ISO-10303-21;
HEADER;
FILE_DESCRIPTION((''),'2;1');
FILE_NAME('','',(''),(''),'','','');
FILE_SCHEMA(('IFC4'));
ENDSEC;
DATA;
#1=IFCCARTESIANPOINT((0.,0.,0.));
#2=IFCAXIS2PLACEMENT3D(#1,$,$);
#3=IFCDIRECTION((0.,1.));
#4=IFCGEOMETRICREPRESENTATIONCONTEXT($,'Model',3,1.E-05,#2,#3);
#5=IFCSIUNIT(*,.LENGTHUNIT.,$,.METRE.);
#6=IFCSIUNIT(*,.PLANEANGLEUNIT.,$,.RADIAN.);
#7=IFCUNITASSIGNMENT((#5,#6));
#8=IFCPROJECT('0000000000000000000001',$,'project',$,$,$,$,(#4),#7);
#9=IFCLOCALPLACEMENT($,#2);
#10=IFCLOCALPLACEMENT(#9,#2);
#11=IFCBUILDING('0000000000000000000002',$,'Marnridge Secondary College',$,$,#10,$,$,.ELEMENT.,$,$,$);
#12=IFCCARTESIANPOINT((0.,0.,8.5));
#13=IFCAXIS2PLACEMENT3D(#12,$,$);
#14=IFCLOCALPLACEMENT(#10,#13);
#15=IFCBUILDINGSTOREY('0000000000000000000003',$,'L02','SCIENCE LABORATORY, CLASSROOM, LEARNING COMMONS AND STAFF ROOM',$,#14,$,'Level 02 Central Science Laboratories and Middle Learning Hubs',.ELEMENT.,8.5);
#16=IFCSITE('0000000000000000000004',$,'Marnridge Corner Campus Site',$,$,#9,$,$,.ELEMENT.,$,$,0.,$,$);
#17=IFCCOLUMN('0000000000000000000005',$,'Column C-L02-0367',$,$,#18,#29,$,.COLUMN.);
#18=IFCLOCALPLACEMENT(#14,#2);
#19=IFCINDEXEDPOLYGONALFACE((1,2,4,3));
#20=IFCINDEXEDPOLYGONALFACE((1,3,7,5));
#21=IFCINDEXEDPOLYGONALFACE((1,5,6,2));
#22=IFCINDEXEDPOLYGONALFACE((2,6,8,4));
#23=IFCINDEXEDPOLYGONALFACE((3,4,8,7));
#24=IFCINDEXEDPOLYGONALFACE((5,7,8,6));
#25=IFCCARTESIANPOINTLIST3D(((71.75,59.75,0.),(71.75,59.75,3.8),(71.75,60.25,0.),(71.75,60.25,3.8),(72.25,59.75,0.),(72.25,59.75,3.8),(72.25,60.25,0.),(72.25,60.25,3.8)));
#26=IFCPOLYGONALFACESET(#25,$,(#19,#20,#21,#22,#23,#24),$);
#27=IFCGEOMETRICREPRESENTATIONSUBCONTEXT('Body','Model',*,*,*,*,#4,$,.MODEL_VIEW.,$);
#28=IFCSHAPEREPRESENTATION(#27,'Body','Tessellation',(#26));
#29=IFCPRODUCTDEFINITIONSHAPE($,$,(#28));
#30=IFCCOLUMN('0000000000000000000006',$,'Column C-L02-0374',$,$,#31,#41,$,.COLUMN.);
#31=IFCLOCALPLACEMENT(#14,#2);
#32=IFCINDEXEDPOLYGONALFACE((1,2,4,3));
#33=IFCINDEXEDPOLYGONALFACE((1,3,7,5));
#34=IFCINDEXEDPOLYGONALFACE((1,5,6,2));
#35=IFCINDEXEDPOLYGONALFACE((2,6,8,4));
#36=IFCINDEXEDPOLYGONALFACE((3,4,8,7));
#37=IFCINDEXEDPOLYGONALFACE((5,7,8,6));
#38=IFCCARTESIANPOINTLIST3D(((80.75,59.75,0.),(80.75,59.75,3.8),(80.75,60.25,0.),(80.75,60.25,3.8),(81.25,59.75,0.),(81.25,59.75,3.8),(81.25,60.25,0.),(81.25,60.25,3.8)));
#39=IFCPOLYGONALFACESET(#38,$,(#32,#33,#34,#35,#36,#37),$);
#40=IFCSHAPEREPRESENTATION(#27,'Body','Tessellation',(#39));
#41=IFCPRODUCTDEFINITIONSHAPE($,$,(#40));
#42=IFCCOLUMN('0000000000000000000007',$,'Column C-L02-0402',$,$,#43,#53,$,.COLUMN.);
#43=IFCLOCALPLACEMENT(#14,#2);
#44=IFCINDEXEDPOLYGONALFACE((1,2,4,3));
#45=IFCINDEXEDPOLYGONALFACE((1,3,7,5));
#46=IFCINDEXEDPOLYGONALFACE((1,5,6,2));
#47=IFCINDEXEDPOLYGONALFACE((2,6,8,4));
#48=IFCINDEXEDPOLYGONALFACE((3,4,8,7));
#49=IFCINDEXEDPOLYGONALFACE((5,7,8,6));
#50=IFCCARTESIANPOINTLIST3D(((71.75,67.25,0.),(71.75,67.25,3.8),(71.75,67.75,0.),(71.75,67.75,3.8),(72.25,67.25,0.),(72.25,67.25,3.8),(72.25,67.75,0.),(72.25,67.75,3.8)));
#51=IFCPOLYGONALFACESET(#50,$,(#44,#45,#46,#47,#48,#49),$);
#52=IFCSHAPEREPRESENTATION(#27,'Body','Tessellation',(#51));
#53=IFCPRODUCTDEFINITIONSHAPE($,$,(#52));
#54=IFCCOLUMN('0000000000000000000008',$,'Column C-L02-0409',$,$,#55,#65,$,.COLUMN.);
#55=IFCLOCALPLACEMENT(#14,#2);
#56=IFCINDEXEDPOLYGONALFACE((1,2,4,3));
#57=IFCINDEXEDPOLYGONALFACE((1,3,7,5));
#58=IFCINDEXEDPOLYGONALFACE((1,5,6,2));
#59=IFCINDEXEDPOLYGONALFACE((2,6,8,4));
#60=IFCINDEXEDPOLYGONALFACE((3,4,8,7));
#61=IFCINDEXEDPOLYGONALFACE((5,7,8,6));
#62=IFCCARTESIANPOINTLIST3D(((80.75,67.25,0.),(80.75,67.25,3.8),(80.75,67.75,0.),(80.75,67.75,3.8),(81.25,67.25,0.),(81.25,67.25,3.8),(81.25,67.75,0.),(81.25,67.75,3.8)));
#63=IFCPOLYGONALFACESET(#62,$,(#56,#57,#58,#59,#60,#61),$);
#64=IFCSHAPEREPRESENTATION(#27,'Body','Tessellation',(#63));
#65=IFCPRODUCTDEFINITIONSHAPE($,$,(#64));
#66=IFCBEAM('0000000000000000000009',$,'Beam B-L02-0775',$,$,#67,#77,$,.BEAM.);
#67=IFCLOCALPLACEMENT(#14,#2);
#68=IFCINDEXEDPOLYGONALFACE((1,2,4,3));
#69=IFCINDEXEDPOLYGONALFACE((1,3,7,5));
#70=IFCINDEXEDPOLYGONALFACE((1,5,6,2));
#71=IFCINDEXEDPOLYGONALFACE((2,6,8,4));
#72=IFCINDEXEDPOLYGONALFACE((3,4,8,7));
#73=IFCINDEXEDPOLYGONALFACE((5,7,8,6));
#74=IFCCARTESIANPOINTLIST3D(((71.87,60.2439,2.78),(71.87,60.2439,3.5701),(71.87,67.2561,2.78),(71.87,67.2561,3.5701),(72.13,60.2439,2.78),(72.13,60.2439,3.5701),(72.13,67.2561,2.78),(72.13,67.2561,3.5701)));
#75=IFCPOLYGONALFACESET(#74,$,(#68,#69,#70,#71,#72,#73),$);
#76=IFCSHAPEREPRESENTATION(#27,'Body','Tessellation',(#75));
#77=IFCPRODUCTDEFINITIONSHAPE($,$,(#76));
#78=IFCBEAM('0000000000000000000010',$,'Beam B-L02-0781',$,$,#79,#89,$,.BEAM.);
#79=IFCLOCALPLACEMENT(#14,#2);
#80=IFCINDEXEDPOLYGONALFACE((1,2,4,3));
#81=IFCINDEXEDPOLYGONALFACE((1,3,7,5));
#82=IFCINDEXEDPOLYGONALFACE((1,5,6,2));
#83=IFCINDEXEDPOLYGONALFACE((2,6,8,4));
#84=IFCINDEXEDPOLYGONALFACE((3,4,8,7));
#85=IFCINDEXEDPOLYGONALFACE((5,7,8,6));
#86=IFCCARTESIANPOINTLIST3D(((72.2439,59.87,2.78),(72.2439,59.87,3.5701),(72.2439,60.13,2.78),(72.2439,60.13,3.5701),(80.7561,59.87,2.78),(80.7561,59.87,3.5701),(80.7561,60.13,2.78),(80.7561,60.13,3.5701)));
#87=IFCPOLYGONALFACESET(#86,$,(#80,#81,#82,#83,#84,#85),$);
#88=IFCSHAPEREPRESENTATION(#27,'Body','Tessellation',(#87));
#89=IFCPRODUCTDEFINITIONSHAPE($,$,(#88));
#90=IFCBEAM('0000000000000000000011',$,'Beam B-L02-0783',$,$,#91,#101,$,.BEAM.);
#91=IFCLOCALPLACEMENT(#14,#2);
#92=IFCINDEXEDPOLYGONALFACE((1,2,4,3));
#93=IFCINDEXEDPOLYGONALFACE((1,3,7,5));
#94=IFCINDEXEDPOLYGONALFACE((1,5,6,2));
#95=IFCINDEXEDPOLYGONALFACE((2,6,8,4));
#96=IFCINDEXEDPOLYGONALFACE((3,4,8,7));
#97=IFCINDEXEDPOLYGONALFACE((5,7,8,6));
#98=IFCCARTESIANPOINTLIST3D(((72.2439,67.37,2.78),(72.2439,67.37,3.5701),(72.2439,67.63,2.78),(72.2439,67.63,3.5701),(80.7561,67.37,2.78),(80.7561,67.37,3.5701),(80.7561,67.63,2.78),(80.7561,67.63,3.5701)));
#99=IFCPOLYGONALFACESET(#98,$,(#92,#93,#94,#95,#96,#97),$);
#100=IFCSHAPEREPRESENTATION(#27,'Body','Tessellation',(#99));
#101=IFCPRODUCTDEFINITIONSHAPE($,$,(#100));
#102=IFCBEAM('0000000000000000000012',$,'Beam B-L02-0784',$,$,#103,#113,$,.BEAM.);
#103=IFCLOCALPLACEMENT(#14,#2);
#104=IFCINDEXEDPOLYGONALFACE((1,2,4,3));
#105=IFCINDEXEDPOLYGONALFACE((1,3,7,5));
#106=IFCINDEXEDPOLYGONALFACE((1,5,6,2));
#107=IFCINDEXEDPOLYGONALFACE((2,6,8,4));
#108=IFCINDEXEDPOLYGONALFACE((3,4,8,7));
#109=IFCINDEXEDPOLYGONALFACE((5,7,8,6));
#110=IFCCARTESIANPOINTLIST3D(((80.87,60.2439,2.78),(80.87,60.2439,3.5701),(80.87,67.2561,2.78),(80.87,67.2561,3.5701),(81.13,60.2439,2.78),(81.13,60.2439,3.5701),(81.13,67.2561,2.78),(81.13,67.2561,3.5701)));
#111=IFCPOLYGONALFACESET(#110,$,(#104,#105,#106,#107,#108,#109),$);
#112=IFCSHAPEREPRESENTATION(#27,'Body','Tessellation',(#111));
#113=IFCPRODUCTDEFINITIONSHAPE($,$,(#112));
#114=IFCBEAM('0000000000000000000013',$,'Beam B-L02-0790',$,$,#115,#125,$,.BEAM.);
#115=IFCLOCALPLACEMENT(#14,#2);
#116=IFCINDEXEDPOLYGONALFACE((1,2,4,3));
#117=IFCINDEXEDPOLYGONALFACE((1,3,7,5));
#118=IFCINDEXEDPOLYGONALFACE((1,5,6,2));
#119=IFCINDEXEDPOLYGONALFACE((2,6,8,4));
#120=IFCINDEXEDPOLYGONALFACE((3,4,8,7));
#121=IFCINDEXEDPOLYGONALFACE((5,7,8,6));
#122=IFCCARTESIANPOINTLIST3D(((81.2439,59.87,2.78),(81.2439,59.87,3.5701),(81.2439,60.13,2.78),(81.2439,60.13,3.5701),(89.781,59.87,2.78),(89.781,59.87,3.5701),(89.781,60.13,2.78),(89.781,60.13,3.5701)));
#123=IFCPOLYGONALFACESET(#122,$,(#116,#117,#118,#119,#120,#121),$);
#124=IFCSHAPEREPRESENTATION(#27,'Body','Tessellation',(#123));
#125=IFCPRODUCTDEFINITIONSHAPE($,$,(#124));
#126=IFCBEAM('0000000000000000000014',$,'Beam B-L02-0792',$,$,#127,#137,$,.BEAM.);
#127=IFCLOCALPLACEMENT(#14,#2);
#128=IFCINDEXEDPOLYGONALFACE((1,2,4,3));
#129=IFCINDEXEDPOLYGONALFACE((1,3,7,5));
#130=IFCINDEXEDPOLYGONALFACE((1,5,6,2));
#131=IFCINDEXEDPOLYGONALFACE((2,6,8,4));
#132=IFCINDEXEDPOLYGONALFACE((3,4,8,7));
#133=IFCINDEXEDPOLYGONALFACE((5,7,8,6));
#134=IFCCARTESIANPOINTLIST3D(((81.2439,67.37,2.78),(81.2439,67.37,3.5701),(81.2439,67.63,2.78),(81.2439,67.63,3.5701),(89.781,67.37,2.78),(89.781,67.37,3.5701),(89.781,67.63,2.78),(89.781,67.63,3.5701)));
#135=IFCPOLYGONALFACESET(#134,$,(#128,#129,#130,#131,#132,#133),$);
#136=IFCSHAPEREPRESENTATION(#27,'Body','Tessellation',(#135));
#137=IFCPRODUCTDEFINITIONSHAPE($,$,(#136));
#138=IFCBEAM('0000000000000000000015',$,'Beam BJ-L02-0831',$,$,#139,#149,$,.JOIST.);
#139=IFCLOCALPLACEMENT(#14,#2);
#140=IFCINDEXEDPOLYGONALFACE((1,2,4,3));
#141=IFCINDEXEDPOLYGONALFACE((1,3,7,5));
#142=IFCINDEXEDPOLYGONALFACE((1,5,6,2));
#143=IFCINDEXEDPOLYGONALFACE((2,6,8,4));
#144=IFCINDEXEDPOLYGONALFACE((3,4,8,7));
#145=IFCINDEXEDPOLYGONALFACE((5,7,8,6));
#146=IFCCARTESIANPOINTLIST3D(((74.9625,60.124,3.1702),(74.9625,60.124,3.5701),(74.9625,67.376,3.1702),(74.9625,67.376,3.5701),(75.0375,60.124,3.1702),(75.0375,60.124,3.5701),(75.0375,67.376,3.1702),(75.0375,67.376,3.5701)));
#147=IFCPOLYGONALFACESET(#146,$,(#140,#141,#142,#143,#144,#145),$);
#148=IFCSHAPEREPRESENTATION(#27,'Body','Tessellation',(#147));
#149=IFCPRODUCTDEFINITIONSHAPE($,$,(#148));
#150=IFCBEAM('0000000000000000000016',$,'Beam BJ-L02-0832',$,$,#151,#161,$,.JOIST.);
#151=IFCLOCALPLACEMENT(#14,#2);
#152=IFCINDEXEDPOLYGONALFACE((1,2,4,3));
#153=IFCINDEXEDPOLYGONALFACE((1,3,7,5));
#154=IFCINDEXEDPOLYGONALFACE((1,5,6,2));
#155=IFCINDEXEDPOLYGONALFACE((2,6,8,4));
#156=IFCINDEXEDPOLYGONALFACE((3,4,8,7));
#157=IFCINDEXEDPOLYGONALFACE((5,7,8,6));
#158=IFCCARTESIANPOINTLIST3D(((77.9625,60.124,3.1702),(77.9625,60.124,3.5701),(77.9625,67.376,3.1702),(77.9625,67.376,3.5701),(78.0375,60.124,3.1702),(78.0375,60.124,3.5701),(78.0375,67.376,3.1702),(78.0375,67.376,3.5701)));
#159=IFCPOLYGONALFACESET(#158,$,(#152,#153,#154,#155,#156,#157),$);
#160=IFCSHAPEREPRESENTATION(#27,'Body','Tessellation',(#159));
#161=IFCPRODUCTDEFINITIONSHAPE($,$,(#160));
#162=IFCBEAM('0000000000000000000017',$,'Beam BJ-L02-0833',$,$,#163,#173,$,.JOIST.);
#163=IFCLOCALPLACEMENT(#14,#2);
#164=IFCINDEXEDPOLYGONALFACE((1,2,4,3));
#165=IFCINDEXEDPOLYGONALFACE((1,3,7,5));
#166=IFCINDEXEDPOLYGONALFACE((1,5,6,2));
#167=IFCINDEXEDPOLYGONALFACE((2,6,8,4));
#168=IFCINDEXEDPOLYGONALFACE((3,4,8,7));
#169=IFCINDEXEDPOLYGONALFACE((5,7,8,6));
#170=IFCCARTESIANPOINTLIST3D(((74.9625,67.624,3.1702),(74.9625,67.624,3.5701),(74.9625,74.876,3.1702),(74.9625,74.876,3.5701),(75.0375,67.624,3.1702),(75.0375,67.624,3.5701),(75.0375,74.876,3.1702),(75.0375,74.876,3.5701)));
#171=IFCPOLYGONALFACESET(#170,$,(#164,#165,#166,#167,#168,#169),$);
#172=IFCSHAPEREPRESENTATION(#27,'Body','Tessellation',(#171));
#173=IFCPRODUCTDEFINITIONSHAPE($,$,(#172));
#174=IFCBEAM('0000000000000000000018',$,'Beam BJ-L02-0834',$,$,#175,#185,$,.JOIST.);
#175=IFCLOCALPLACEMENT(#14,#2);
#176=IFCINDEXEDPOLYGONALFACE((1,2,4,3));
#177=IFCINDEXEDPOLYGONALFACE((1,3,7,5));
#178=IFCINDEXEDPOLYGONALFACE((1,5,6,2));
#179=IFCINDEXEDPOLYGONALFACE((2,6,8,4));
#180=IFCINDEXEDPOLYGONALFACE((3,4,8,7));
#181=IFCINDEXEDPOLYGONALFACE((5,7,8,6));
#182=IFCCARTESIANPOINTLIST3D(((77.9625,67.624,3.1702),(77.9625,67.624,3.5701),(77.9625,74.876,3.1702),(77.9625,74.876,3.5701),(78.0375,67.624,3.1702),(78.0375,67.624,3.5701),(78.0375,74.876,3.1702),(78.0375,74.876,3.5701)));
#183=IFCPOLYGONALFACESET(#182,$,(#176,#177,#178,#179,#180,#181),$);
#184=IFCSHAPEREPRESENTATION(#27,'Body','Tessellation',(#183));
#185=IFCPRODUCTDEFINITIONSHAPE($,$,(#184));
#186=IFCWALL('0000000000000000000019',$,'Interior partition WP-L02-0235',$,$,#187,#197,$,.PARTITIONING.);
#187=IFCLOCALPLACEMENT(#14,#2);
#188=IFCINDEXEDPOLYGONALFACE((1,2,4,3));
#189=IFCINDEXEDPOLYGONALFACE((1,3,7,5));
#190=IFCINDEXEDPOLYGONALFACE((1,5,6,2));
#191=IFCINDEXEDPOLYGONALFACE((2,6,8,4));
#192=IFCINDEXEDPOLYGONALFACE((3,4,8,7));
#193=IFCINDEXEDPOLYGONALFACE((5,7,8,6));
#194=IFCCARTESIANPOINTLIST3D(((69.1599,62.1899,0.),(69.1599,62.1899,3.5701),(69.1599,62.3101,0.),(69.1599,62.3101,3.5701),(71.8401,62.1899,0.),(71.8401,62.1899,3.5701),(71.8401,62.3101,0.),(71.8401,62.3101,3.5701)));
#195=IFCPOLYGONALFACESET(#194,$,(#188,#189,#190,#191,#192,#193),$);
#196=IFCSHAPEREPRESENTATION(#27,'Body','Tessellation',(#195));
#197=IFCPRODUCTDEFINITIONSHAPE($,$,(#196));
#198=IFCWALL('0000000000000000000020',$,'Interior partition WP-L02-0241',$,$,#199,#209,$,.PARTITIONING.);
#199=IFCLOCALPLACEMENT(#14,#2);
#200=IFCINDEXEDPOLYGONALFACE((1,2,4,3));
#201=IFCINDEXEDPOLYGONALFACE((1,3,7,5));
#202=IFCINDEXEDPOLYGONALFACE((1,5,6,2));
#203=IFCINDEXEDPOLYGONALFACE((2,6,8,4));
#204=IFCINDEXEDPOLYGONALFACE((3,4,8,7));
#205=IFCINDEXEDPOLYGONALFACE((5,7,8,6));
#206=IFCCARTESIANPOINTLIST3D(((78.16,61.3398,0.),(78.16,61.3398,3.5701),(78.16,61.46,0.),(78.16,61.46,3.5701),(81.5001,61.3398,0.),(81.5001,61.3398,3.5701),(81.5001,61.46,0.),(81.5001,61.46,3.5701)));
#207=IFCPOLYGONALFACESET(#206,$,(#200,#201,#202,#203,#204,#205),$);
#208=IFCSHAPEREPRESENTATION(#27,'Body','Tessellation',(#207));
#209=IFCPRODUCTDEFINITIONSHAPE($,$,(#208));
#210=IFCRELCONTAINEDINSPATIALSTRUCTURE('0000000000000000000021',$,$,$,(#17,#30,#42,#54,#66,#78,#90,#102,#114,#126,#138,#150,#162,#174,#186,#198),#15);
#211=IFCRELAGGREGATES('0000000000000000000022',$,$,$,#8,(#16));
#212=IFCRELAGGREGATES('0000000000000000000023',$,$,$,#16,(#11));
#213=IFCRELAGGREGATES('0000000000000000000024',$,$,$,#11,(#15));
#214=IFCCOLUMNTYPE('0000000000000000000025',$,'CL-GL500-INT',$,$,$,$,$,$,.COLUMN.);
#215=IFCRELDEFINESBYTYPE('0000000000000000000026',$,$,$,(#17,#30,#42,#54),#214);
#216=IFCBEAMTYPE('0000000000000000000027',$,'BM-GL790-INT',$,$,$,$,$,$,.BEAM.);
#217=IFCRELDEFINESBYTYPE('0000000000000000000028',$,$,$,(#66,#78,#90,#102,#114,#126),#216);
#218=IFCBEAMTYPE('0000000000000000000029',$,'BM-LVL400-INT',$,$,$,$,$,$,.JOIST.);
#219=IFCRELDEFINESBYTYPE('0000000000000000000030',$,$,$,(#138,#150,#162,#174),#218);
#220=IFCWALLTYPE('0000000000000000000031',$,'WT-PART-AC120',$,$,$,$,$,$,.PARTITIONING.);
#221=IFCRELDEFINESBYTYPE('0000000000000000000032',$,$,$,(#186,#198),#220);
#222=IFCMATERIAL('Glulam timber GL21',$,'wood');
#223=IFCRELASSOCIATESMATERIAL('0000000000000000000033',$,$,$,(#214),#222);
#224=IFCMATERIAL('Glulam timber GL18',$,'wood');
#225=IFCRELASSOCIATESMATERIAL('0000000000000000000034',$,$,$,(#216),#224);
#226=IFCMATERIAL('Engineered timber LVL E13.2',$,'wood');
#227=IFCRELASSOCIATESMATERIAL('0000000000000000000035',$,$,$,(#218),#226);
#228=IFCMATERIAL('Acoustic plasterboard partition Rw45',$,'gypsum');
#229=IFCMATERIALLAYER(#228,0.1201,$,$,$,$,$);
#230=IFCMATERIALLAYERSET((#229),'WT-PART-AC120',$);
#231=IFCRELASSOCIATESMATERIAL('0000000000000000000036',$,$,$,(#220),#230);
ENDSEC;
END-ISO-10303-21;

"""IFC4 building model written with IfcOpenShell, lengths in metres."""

from ifc_helpers import new_model, si_unit, direction, frame, frame_2d, origin, origin_2d, place, context, subcontext, project, spatial, rectangle, extrude, material, layer, layer_set, material_profile, profile_set, type_object, element, save


model = new_model("IFC4")

# Units and contexts
model_context = context("Model", 3, precision=1e-05, world=origin(), true_north=direction((0.0, 1.0)))
body_context = subcontext(model_context, "Body", "Model", "MODEL_VIEW")
ifc_project = project(units=[si_unit("LENGTHUNIT", "METRE"), si_unit("PLANEANGLEUNIT", "RADIAN")], contexts=[model_context])

# Site, building, storey
site_placement = place(None, origin())
site = spatial("IfcSite", under=ifc_project, at=site_placement, Name="Marnridge Corner Campus Site", CompositionType="ELEMENT", RefElevation=0.0)
building_placement = place(site_placement, origin())
building = spatial("IfcBuilding", under=site, at=building_placement, Name="Marnridge Secondary College", CompositionType="ELEMENT")
storey_placement = place(building_placement, frame((0.0, 0.0, 8.5)))
storey = spatial("IfcBuildingStorey", under=building, at=storey_placement, Name="L02", Description="SCIENCE LABORATORY, CLASSROOM, LEARNING COMMONS AND STAFF ROOM", LongName="Level 02 Central Science Laboratories and Middle Learning Hubs", CompositionType="ELEMENT", Elevation=8.5)

# Columns
ifc_material_1 = material(Name="Glulam timber GL21", Category="wood")
ifc_material_profile_1 = material_profile(ifc_material_1, rectangle(XDim=0.5, YDim=0.5, at=origin_2d()), Name="GL21 500x500")
ifc_profile_set_1 = profile_set([ifc_material_profile_1], Name="Glulam timber GL21")
column_type = type_object("IfcColumnType", Name="CL-GL500-INT", PredefinedType="COLUMN", material=ifc_profile_set_1)
for number, where, z_axis, x_axis, name in (
    (1, (72.0, 60.0, 0.0), (0.0, 0.0, 1.0), (1.0, 0.0, 0.0), "Column C-L02-0367"),
    (2, (81.0, 60.0, 0.0), (0.0, 0.0, 1.0), (1.0, 0.0, 0.0), "Column C-L02-0374"),
    (3, (72.0, 67.5, 0.0), (0.0, 0.0, 1.0), (1.0, 0.0, 0.0), "Column C-L02-0402"),
    (4, (81.0, 67.5, 0.0), (0.0, 0.0, 1.0), (1.0, 0.0, 0.0), "Column C-L02-0409"),
):
    element("IfcColumn", number, at=place(storey_placement, frame(where, z_axis=z_axis, x_axis=x_axis)), inside=storey, type_object=column_type, Name=name, PredefinedType="COLUMN", context=body_context, shape_type="SweptSolid", body=[
        extrude(rectangle(XDim=0.5, YDim=0.5, at=origin_2d()), origin(), (0.0, 0.0, 1.0), 3.8),
    ])

# Beams
ifc_material_2 = material(Name="Glulam timber GL18", Category="wood")
ifc_material_profile_2 = material_profile(ifc_material_2, rectangle(XDim=0.26, YDim=0.79, at=origin_2d()), Name="GL18 260x790")
ifc_profile_set_2 = profile_set([ifc_material_profile_2], Name="Glulam timber GL18")
beam_type_1 = type_object("IfcBeamType", Name="BM-GL790-INT", PredefinedType="BEAM", material=ifc_profile_set_2)
beam_1_placement = place(storey_placement, frame((72.0, 60.2439, 3.175), z_axis=(0.0, 1.0, 0.0), x_axis=(-1.0, 0.0, 0.0)))
element("IfcBeam", 5, at=beam_1_placement, inside=storey, type_object=beam_type_1, Name="Beam B-L02-0775", PredefinedType="BEAM", context=body_context, shape_type="SweptSolid", body=[
    extrude(rectangle(XDim=0.26, YDim=0.79, at=origin_2d()), origin(), (0.0, 0.0, 1.0), 7.0122),
])
for number, where, z_axis, x_axis, name in (
    (6, (72.2439, 60.0, 3.175), (1.0, 0.0, 0.0), (0.0, 1.0, 0.0), "Beam B-L02-0781"),
    (7, (72.2439, 67.5, 3.175), (1.0, 0.0, 0.0), (0.0, 1.0, 0.0), "Beam B-L02-0783"),
):
    element("IfcBeam", number, at=place(storey_placement, frame(where, z_axis=z_axis, x_axis=x_axis)), inside=storey, type_object=beam_type_1, Name=name, PredefinedType="BEAM", context=body_context, shape_type="SweptSolid", body=[
        extrude(rectangle(XDim=0.26, YDim=0.79, at=origin_2d()), origin(), (0.0, 0.0, 1.0), 8.5122),
    ])
beam_2_placement = place(storey_placement, frame((81.0, 60.2439, 3.175), z_axis=(0.0, 1.0, 0.0), x_axis=(-1.0, 0.0, 0.0)))
element("IfcBeam", 8, at=beam_2_placement, inside=storey, type_object=beam_type_1, Name="Beam B-L02-0784", PredefinedType="BEAM", context=body_context, shape_type="SweptSolid", body=[
    extrude(rectangle(XDim=0.26, YDim=0.79, at=origin_2d()), origin(), (0.0, 0.0, 1.0), 7.0122),
])
for number, where, z_axis, x_axis, name in (
    (9, (81.2439, 60.0, 3.175), (1.0, 0.0, 0.0), (0.0, 1.0, 0.0), "Beam B-L02-0790"),
    (10, (81.2439, 67.5, 3.175), (1.0, 0.0, 0.0), (0.0, 1.0, 0.0), "Beam B-L02-0792"),
):
    element("IfcBeam", number, at=place(storey_placement, frame(where, z_axis=z_axis, x_axis=x_axis)), inside=storey, type_object=beam_type_1, Name=name, PredefinedType="BEAM", context=body_context, shape_type="SweptSolid", body=[
        extrude(rectangle(XDim=0.26, YDim=0.79, at=origin_2d()), origin(), (0.0, 0.0, 1.0), 8.5371),
    ])
ifc_material_3 = material(Name="Engineered timber LVL E13.2", Category="wood")
ifc_material_profile_3 = material_profile(ifc_material_3, rectangle(XDim=0.075, YDim=0.3999, at=origin_2d()), Name="LVL 75x400")
ifc_profile_set_3 = profile_set([ifc_material_profile_3], Name="Engineered timber LVL E13.2")
beam_type_2 = type_object("IfcBeamType", Name="BM-LVL400-INT", PredefinedType="JOIST", material=ifc_profile_set_3)
for number, where, z_axis, x_axis, name in (
    (11, (75.0, 60.124, 3.3701), (0.0, 1.0, 0.0), (-1.0, 0.0, 0.0), "Beam BJ-L02-0831"),
    (12, (78.0, 60.124, 3.3701), (0.0, 1.0, 0.0), (-1.0, 0.0, 0.0), "Beam BJ-L02-0832"),
    (13, (75.0, 67.624, 3.3701), (0.0, 1.0, 0.0), (-1.0, 0.0, 0.0), "Beam BJ-L02-0833"),
    (14, (78.0, 67.624, 3.3701), (0.0, 1.0, 0.0), (-1.0, 0.0, 0.0), "Beam BJ-L02-0834"),
):
    element("IfcBeam", number, at=place(storey_placement, frame(where, z_axis=z_axis, x_axis=x_axis)), inside=storey, type_object=beam_type_2, Name=name, PredefinedType="JOIST", context=body_context, shape_type="SweptSolid", body=[
        extrude(rectangle(XDim=0.075, YDim=0.3999, at=origin_2d()), origin(), (0.0, 0.0, 1.0), 7.252),
    ])

# Walls
ifc_material_4 = material(Name="Acoustic plasterboard partition Rw45", Category="gypsum")
ifc_layer_1 = layer(ifc_material_4, 0.1201)
ifc_layer_set_1 = layer_set([ifc_layer_1], Name="WT-PART-AC120")
wall_type_1 = type_object("IfcWallType", Name="WT-PART-AC120", PredefinedType="PARTITIONING", material=ifc_layer_set_1)
wall_1_placement = place(storey_placement, frame((71.8401, 62.25, 0.0), z_axis=(0.0, 0.0, 1.0), x_axis=(-1.0, 0.0, 0.0)))
element("IfcWall", 15, at=wall_1_placement, inside=storey, type_object=wall_type_1, Name="Interior partition WP-L02-0235", PredefinedType="PARTITIONING", context=body_context, shape_type="SweptSolid", body=[
    extrude(rectangle(XDim=2.6802, YDim=0.1201, at=frame_2d((1.3401, 0.0))), origin(), (0.0, 0.0, 1.0), 3.5701),
])
wall_2_placement = place(storey_placement, frame((81.5, 61.3999, 0.0), z_axis=(0.0, 0.0, 1.0), x_axis=(-1.0, 0.0, 0.0)))
element("IfcWall", 16, at=wall_2_placement, inside=storey, type_object=wall_type_1, Name="Interior partition WP-L02-0241", PredefinedType="PARTITIONING", context=body_context, shape_type="SweptSolid", body=[
    extrude(rectangle(XDim=3.3401, YDim=0.1201, at=frame_2d((1.6699, 0.0))), origin(), (0.0, 0.0, 1.0), 3.5701),
])

save(model, "model.ifc")
